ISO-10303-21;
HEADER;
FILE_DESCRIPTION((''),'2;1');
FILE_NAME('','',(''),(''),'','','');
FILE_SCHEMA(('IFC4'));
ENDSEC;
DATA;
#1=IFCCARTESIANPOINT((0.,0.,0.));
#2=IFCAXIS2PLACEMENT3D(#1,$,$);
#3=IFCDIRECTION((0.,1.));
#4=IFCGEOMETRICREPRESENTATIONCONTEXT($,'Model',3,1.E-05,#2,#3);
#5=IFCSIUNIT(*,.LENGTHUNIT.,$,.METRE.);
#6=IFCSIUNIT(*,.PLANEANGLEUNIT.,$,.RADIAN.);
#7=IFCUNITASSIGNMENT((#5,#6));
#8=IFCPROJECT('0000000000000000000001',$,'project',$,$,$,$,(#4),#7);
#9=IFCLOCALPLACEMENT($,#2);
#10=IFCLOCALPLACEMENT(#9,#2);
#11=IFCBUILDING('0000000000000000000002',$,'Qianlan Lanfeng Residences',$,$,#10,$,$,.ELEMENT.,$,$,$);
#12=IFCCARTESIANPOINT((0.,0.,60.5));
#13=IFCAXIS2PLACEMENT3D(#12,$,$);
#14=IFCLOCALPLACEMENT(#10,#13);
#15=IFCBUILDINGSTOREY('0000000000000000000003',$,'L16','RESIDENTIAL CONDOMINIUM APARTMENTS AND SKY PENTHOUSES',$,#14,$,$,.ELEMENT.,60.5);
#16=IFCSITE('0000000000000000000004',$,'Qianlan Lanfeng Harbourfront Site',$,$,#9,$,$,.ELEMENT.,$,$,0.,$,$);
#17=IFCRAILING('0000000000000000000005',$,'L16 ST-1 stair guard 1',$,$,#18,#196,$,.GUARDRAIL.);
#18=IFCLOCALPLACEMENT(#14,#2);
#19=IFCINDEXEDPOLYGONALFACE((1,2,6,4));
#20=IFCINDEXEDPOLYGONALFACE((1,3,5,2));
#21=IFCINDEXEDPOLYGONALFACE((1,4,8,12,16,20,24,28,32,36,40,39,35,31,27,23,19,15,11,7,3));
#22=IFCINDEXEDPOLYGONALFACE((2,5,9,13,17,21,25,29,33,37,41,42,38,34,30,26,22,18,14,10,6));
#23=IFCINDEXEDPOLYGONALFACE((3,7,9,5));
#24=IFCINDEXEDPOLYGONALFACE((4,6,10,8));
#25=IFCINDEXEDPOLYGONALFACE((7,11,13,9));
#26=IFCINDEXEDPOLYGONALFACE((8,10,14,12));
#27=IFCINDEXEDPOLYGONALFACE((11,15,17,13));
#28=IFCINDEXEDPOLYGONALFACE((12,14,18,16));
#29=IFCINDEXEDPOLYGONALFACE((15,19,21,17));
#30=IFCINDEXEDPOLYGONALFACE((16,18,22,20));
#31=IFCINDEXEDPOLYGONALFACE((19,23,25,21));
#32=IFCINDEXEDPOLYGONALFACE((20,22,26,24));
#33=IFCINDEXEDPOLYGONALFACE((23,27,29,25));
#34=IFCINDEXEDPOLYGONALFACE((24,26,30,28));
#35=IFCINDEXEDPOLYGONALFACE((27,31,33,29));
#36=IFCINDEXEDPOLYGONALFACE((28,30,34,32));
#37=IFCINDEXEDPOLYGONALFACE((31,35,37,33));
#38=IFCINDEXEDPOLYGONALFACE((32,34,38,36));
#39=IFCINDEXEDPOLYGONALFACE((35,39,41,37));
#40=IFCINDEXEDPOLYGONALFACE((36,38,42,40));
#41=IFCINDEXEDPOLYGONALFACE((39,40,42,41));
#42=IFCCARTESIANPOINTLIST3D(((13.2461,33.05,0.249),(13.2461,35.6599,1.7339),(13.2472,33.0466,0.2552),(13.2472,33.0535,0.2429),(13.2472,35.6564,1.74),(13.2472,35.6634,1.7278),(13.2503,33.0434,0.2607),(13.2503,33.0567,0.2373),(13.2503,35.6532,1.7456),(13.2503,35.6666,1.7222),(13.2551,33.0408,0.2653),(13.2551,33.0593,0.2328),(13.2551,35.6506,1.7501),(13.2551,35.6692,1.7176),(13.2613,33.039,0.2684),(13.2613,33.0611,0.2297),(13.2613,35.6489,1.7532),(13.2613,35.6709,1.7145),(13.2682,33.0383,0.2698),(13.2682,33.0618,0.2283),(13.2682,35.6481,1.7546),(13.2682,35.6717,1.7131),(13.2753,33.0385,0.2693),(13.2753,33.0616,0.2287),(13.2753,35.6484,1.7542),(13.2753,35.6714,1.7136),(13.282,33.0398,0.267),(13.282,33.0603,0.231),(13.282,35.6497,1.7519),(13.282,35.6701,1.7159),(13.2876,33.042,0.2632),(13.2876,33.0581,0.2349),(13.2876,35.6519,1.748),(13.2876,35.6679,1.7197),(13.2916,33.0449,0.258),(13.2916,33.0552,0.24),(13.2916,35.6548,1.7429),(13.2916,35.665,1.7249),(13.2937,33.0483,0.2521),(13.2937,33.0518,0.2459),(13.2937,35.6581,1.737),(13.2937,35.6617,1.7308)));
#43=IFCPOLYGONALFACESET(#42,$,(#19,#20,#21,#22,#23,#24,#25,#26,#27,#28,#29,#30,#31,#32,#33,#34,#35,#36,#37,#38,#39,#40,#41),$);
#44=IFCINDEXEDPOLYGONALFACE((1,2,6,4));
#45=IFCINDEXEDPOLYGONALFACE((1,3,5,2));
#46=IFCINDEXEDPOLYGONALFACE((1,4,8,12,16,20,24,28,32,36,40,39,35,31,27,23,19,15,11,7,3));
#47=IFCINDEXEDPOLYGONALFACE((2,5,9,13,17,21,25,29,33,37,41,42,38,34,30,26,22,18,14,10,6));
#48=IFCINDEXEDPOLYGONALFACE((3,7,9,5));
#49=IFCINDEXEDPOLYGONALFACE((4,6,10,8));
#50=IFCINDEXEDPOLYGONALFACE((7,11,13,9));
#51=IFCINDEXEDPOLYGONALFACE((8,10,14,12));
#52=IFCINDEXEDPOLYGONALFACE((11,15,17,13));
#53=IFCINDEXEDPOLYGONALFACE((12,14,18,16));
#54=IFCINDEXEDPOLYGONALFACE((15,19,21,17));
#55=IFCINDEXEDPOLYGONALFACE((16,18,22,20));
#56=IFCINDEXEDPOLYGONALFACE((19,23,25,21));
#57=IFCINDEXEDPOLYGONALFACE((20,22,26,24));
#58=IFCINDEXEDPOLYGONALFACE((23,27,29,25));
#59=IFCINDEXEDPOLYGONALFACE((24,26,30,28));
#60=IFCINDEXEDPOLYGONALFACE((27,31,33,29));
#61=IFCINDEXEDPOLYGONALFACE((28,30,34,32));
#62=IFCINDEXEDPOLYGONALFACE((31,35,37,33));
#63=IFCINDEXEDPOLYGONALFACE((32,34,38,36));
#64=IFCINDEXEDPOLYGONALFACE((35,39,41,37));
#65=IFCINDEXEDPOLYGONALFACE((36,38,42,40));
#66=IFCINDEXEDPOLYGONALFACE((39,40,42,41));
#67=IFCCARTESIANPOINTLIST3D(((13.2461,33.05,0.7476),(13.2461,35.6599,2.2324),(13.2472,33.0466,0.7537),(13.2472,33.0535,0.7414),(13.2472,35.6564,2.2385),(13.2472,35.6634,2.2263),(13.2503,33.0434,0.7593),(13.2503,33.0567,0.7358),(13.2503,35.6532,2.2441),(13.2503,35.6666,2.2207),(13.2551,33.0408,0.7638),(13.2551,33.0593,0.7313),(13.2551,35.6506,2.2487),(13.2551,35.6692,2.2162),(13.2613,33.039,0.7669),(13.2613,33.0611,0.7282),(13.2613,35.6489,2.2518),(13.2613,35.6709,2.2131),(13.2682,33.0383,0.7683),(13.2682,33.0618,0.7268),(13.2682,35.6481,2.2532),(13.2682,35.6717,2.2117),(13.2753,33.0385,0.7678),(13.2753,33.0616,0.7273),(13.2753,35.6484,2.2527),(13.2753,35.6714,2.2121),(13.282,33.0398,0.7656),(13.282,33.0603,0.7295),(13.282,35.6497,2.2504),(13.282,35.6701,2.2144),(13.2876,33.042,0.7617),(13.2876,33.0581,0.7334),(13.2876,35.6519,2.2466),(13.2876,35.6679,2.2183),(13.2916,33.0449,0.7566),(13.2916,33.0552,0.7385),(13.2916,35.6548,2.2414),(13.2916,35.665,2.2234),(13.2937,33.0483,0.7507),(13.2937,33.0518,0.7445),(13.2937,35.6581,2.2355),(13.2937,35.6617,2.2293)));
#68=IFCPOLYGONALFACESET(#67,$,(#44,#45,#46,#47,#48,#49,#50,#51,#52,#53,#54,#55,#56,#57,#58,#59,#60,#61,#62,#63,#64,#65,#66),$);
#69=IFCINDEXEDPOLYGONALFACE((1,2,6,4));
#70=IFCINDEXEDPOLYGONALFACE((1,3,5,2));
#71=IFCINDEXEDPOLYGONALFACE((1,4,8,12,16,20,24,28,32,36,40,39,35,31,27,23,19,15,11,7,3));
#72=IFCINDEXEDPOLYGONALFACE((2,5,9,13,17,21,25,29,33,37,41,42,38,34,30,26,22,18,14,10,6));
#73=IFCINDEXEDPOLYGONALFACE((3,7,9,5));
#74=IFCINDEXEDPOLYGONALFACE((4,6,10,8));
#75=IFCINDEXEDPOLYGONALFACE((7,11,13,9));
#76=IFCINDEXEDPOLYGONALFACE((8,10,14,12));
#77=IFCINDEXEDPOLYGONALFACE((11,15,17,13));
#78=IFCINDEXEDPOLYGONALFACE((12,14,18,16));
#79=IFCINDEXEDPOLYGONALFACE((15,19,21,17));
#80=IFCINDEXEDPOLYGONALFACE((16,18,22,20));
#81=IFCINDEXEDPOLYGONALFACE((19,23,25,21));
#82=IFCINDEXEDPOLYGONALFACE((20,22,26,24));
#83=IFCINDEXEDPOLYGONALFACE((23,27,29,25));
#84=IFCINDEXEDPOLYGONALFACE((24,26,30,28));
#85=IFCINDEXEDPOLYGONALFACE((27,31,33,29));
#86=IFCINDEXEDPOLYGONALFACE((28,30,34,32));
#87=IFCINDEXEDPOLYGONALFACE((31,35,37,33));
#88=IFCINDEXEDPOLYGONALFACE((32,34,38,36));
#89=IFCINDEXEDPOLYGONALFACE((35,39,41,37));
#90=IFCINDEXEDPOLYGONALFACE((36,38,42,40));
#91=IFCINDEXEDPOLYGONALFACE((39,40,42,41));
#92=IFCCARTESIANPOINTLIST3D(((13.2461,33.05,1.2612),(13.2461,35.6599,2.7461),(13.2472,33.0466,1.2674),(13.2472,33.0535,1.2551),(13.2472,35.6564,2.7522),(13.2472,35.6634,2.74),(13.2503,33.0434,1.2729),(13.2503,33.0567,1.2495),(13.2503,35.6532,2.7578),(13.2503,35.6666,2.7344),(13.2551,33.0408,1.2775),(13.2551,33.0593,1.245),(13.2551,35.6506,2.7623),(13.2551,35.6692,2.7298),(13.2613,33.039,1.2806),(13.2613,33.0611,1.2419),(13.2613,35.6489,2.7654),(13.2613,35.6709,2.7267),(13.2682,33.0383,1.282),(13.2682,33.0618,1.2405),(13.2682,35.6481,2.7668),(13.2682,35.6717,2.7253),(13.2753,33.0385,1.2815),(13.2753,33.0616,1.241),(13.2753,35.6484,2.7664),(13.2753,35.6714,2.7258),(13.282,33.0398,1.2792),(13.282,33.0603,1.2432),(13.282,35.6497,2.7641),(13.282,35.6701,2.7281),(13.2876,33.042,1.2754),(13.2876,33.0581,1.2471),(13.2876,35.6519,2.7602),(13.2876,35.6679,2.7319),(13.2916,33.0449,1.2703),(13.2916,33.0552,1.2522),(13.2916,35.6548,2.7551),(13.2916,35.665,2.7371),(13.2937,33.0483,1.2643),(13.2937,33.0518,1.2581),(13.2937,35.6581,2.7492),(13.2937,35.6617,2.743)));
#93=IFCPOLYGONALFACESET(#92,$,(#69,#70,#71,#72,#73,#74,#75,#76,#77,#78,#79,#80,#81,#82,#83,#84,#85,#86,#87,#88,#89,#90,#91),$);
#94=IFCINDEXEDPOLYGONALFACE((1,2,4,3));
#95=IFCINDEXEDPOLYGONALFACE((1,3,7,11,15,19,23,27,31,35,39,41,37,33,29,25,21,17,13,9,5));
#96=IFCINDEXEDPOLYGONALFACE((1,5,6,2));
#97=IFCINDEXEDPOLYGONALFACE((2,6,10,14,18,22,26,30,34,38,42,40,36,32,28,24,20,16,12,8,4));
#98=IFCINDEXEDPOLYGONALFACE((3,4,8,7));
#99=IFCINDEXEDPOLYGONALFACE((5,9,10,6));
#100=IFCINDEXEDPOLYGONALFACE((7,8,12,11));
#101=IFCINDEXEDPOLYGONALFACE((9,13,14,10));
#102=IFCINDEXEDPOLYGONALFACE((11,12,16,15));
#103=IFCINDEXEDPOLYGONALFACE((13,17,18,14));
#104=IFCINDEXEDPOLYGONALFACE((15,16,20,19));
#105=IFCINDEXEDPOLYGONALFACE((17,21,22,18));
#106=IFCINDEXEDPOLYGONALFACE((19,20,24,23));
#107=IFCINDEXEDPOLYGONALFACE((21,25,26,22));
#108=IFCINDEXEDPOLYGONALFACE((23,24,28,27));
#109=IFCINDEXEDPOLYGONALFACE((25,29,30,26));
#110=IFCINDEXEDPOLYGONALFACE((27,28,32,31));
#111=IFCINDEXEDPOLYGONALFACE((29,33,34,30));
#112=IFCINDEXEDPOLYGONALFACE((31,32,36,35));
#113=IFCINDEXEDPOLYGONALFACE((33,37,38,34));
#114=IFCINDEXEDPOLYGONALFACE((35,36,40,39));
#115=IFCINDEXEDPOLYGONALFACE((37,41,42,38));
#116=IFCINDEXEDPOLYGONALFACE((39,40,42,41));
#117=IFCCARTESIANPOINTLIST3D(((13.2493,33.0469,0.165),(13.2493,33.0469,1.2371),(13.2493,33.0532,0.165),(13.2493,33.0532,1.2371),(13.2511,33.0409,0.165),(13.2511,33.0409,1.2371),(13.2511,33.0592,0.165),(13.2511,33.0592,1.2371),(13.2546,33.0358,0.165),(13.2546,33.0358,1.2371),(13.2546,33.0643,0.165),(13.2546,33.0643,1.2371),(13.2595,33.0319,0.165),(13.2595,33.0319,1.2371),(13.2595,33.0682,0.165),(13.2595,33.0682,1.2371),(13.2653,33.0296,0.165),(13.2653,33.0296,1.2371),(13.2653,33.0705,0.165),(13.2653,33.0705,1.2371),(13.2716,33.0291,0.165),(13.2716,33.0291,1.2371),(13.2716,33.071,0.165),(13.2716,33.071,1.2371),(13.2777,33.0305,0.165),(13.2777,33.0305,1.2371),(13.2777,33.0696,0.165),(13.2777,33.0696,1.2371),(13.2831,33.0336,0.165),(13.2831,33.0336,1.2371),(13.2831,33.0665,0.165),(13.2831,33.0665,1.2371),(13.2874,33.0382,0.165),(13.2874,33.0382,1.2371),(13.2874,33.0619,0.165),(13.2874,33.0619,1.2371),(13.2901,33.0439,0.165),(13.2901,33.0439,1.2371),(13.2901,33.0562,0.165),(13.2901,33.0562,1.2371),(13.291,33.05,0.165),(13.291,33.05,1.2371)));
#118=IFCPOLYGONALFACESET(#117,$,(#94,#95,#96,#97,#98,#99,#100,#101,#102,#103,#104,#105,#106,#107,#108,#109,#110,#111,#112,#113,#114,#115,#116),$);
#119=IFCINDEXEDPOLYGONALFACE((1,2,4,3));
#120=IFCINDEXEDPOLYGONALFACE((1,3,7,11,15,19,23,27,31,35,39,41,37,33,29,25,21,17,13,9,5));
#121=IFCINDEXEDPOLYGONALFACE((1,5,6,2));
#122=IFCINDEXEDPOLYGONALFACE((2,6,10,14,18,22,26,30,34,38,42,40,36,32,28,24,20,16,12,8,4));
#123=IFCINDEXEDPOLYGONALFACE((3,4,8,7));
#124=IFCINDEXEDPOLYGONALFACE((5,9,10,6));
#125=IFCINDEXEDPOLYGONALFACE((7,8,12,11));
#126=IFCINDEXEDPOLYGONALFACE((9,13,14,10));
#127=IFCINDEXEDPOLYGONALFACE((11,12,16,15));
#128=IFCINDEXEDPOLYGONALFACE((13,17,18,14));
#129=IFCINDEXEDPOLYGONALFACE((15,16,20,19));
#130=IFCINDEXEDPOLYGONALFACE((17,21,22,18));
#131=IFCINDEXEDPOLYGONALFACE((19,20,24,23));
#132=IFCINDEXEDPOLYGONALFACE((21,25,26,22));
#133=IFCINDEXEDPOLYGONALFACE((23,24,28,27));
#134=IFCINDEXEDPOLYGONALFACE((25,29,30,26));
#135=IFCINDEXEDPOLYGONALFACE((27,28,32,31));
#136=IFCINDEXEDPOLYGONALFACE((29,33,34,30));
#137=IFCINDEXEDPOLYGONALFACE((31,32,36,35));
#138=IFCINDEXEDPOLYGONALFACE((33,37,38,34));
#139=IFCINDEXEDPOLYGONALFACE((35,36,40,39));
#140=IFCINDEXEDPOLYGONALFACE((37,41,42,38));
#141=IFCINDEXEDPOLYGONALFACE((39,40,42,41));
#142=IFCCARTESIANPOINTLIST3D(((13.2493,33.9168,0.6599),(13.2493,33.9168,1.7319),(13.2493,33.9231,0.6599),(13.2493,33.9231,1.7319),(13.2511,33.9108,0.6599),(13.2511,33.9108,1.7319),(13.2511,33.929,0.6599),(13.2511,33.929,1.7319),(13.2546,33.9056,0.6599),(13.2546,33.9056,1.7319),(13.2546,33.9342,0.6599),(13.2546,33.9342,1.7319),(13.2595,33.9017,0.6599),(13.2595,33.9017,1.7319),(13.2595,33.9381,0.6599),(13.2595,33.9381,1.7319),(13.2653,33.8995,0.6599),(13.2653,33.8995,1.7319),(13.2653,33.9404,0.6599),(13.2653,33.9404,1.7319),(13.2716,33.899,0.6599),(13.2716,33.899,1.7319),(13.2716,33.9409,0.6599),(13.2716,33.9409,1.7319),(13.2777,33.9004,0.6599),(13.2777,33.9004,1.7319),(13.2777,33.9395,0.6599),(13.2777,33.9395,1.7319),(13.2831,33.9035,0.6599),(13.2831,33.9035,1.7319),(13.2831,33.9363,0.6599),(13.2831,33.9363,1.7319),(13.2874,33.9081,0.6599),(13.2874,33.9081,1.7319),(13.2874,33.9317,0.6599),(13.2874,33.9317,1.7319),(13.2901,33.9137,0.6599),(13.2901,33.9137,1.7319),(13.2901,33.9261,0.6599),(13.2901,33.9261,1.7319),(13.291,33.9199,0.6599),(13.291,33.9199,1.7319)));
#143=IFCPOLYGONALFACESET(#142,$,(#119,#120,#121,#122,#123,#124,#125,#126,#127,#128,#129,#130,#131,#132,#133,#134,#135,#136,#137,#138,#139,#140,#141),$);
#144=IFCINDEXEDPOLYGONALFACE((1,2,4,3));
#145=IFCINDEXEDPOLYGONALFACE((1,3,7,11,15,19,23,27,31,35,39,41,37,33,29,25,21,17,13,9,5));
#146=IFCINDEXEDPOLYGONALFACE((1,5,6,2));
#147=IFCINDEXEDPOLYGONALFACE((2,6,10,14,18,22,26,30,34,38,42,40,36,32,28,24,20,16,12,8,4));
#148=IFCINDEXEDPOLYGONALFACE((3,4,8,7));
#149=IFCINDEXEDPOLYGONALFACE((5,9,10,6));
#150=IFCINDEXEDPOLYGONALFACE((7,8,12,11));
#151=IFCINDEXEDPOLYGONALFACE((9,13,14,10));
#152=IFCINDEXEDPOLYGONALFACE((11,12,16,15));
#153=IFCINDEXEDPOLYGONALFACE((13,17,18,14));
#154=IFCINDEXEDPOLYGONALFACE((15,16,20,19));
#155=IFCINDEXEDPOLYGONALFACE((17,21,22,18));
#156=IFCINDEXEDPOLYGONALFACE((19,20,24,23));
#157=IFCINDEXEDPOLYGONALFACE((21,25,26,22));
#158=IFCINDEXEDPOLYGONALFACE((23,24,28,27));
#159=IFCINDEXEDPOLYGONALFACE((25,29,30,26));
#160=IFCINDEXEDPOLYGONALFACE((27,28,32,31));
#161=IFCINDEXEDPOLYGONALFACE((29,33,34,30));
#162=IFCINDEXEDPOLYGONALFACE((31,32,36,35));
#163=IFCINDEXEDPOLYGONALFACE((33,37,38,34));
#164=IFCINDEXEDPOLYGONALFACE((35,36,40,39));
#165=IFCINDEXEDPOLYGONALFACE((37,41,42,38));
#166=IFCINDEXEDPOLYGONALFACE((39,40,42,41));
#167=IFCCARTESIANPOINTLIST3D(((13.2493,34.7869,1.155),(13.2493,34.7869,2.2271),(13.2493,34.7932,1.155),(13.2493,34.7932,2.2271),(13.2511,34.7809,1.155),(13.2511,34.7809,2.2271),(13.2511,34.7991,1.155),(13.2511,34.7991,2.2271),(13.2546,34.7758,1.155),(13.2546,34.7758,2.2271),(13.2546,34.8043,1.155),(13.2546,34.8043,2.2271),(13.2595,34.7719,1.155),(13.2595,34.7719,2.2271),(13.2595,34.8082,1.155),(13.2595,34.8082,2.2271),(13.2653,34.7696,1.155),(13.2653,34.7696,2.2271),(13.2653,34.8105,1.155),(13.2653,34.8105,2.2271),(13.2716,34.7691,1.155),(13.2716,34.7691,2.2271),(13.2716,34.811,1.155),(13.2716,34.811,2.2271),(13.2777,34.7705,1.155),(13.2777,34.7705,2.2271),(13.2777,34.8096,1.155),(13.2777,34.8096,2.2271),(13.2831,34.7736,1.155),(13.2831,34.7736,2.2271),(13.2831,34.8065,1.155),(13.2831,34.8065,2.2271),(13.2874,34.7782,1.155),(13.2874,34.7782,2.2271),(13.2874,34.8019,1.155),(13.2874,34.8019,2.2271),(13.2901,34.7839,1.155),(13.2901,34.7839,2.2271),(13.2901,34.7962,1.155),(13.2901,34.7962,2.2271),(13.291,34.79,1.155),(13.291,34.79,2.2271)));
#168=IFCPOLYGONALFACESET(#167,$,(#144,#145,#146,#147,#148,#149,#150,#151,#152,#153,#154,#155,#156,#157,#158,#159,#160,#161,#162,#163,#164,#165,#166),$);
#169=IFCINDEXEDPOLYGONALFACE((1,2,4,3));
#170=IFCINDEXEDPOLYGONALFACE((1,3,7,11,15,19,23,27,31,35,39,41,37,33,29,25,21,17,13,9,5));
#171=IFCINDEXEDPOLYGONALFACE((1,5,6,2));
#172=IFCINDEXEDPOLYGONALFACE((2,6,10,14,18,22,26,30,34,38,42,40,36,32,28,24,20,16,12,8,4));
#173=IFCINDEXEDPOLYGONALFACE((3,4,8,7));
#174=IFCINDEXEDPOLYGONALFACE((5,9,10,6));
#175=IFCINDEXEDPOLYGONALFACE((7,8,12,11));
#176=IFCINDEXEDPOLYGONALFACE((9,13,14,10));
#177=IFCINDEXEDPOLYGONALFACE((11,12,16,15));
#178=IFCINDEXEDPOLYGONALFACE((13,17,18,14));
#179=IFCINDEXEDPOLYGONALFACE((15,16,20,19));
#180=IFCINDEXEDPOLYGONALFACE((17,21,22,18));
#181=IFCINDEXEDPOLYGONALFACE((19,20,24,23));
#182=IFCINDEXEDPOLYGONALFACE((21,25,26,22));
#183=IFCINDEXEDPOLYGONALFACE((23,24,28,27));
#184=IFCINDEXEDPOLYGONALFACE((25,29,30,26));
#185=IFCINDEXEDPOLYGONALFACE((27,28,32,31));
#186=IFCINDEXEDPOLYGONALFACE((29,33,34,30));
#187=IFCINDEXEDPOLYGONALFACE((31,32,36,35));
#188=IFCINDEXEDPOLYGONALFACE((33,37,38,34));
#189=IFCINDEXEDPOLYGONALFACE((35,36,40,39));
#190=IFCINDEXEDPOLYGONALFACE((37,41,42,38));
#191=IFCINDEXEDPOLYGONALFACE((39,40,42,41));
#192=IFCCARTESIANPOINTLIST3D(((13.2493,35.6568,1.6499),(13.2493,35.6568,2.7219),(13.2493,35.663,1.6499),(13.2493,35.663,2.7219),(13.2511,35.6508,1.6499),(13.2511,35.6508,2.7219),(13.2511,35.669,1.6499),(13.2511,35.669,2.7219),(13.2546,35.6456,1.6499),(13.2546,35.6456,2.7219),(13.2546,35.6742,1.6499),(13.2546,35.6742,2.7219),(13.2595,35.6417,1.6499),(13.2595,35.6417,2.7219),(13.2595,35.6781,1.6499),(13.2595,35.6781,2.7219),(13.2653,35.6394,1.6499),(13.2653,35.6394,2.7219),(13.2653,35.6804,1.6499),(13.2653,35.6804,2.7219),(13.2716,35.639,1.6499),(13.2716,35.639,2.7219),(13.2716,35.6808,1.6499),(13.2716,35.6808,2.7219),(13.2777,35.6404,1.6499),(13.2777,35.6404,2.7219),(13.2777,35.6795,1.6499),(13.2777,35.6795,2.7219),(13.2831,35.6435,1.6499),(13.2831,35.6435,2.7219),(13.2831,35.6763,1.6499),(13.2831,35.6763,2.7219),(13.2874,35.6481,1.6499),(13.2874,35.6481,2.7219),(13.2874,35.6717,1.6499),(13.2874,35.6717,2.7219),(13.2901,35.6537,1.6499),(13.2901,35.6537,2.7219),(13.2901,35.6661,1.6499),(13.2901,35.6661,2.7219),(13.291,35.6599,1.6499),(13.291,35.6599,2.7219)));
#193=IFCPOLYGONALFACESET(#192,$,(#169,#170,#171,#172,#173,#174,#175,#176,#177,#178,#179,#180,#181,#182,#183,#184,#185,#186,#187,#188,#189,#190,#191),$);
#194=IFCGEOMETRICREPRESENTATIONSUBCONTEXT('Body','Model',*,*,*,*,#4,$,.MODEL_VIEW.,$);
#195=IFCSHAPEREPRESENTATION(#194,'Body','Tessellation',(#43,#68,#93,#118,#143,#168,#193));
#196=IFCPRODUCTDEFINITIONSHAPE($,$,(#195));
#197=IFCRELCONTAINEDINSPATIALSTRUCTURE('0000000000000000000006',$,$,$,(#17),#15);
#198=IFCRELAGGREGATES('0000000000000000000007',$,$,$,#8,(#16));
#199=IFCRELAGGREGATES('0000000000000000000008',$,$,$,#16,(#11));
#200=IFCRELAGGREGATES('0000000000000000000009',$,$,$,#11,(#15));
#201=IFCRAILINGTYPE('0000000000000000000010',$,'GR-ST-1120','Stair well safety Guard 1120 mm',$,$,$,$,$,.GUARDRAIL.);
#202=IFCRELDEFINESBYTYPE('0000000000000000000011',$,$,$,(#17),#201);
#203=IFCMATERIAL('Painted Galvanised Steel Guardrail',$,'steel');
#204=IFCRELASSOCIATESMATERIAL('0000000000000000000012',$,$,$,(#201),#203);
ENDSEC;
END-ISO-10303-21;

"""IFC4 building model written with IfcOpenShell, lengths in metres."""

from ifc_helpers import new_model, si_unit, direction, frame, origin, origin_2d, place, context, subcontext, project, spatial, circle, extrude, material, type_object, element, save


model = new_model("IFC4")

# Units and contexts
model_context = context("Model", 3, precision=1e-05, world=origin(), true_north=direction((0.0, 1.0)))
body_context = subcontext(model_context, "Body", "Model", "MODEL_VIEW")
ifc_project = project(units=[si_unit("LENGTHUNIT", "METRE"), si_unit("PLANEANGLEUNIT", "RADIAN")], contexts=[model_context])

# Site, building, storey
site_placement = place(None, origin())
site = spatial("IfcSite", under=ifc_project, at=site_placement, Name="Qianlan Lanfeng Harbourfront Site", CompositionType="ELEMENT", RefElevation=0.0)
building_placement = place(site_placement, origin())
building = spatial("IfcBuilding", under=site, at=building_placement, Name="Qianlan Lanfeng Residences", CompositionType="ELEMENT")
storey_placement = place(building_placement, frame((0.0, 0.0, 60.5)))
storey = spatial("IfcBuildingStorey", under=building, at=storey_placement, Name="L16", Description="RESIDENTIAL CONDOMINIUM APARTMENTS AND SKY PENTHOUSES", CompositionType="ELEMENT", Elevation=60.5)

# Railing
ifc_material_1 = material(Name="Painted Galvanised Steel Guardrail", Category="steel")
railing_type_1 = type_object("IfcRailingType", Name="GR-ST-1120", Description="Stair well safety Guard 1120 mm", PredefinedType="GUARDRAIL", material=ifc_material_1)
railing_1_placement = place(storey_placement, frame((13.27, 33.05, 0.165)))
element("IfcRailing", 1, at=railing_1_placement, inside=storey, type_object=railing_type_1, Name="L16 ST-1 stair guard 1", PredefinedType="GUARDRAIL", context=body_context, shape_type="SweptSolid", body=[
    extrude(circle(Radius=0.0239, at=origin_2d()), frame((0.0, 0.0, 0.084), z_axis=(0.0, 0.869172, 0.494509), x_axis=(-1.0, 0.0, 0.0)), (0.0, 0.0, 1.0), 3.0027),
    extrude(circle(Radius=0.0239, at=origin_2d()), frame((0.0, 0.0, 0.5825), z_axis=(0.0, 0.869172, 0.494509), x_axis=(-1.0, 0.0, 0.0)), (0.0, 0.0, 1.0), 3.0027),
    extrude(circle(Radius=0.0239, at=origin_2d()), frame((0.0, 0.0, 1.0962), z_axis=(0.0, 0.869172, 0.494509), x_axis=(-1.0, 0.0, 0.0)), (0.0, 0.0, 1.0), 3.0027),
    extrude(circle(Radius=0.021, at=origin_2d()), origin(), (0.0, 0.0, 1.0), 1.072),
    extrude(circle(Radius=0.021, at=origin_2d()), frame((0.0, 0.8699, 0.4949)), (0.0, 0.0, 1.0), 1.072),
    extrude(circle(Radius=0.021, at=origin_2d()), frame((0.0, 1.74, 0.99)), (0.0, 0.0, 1.0), 1.072),
    extrude(circle(Radius=0.021, at=origin_2d()), frame((0.0, 2.6099, 1.4849)), (0.0, 0.0, 1.0), 1.072),
])

save(model, "model.ifc")
